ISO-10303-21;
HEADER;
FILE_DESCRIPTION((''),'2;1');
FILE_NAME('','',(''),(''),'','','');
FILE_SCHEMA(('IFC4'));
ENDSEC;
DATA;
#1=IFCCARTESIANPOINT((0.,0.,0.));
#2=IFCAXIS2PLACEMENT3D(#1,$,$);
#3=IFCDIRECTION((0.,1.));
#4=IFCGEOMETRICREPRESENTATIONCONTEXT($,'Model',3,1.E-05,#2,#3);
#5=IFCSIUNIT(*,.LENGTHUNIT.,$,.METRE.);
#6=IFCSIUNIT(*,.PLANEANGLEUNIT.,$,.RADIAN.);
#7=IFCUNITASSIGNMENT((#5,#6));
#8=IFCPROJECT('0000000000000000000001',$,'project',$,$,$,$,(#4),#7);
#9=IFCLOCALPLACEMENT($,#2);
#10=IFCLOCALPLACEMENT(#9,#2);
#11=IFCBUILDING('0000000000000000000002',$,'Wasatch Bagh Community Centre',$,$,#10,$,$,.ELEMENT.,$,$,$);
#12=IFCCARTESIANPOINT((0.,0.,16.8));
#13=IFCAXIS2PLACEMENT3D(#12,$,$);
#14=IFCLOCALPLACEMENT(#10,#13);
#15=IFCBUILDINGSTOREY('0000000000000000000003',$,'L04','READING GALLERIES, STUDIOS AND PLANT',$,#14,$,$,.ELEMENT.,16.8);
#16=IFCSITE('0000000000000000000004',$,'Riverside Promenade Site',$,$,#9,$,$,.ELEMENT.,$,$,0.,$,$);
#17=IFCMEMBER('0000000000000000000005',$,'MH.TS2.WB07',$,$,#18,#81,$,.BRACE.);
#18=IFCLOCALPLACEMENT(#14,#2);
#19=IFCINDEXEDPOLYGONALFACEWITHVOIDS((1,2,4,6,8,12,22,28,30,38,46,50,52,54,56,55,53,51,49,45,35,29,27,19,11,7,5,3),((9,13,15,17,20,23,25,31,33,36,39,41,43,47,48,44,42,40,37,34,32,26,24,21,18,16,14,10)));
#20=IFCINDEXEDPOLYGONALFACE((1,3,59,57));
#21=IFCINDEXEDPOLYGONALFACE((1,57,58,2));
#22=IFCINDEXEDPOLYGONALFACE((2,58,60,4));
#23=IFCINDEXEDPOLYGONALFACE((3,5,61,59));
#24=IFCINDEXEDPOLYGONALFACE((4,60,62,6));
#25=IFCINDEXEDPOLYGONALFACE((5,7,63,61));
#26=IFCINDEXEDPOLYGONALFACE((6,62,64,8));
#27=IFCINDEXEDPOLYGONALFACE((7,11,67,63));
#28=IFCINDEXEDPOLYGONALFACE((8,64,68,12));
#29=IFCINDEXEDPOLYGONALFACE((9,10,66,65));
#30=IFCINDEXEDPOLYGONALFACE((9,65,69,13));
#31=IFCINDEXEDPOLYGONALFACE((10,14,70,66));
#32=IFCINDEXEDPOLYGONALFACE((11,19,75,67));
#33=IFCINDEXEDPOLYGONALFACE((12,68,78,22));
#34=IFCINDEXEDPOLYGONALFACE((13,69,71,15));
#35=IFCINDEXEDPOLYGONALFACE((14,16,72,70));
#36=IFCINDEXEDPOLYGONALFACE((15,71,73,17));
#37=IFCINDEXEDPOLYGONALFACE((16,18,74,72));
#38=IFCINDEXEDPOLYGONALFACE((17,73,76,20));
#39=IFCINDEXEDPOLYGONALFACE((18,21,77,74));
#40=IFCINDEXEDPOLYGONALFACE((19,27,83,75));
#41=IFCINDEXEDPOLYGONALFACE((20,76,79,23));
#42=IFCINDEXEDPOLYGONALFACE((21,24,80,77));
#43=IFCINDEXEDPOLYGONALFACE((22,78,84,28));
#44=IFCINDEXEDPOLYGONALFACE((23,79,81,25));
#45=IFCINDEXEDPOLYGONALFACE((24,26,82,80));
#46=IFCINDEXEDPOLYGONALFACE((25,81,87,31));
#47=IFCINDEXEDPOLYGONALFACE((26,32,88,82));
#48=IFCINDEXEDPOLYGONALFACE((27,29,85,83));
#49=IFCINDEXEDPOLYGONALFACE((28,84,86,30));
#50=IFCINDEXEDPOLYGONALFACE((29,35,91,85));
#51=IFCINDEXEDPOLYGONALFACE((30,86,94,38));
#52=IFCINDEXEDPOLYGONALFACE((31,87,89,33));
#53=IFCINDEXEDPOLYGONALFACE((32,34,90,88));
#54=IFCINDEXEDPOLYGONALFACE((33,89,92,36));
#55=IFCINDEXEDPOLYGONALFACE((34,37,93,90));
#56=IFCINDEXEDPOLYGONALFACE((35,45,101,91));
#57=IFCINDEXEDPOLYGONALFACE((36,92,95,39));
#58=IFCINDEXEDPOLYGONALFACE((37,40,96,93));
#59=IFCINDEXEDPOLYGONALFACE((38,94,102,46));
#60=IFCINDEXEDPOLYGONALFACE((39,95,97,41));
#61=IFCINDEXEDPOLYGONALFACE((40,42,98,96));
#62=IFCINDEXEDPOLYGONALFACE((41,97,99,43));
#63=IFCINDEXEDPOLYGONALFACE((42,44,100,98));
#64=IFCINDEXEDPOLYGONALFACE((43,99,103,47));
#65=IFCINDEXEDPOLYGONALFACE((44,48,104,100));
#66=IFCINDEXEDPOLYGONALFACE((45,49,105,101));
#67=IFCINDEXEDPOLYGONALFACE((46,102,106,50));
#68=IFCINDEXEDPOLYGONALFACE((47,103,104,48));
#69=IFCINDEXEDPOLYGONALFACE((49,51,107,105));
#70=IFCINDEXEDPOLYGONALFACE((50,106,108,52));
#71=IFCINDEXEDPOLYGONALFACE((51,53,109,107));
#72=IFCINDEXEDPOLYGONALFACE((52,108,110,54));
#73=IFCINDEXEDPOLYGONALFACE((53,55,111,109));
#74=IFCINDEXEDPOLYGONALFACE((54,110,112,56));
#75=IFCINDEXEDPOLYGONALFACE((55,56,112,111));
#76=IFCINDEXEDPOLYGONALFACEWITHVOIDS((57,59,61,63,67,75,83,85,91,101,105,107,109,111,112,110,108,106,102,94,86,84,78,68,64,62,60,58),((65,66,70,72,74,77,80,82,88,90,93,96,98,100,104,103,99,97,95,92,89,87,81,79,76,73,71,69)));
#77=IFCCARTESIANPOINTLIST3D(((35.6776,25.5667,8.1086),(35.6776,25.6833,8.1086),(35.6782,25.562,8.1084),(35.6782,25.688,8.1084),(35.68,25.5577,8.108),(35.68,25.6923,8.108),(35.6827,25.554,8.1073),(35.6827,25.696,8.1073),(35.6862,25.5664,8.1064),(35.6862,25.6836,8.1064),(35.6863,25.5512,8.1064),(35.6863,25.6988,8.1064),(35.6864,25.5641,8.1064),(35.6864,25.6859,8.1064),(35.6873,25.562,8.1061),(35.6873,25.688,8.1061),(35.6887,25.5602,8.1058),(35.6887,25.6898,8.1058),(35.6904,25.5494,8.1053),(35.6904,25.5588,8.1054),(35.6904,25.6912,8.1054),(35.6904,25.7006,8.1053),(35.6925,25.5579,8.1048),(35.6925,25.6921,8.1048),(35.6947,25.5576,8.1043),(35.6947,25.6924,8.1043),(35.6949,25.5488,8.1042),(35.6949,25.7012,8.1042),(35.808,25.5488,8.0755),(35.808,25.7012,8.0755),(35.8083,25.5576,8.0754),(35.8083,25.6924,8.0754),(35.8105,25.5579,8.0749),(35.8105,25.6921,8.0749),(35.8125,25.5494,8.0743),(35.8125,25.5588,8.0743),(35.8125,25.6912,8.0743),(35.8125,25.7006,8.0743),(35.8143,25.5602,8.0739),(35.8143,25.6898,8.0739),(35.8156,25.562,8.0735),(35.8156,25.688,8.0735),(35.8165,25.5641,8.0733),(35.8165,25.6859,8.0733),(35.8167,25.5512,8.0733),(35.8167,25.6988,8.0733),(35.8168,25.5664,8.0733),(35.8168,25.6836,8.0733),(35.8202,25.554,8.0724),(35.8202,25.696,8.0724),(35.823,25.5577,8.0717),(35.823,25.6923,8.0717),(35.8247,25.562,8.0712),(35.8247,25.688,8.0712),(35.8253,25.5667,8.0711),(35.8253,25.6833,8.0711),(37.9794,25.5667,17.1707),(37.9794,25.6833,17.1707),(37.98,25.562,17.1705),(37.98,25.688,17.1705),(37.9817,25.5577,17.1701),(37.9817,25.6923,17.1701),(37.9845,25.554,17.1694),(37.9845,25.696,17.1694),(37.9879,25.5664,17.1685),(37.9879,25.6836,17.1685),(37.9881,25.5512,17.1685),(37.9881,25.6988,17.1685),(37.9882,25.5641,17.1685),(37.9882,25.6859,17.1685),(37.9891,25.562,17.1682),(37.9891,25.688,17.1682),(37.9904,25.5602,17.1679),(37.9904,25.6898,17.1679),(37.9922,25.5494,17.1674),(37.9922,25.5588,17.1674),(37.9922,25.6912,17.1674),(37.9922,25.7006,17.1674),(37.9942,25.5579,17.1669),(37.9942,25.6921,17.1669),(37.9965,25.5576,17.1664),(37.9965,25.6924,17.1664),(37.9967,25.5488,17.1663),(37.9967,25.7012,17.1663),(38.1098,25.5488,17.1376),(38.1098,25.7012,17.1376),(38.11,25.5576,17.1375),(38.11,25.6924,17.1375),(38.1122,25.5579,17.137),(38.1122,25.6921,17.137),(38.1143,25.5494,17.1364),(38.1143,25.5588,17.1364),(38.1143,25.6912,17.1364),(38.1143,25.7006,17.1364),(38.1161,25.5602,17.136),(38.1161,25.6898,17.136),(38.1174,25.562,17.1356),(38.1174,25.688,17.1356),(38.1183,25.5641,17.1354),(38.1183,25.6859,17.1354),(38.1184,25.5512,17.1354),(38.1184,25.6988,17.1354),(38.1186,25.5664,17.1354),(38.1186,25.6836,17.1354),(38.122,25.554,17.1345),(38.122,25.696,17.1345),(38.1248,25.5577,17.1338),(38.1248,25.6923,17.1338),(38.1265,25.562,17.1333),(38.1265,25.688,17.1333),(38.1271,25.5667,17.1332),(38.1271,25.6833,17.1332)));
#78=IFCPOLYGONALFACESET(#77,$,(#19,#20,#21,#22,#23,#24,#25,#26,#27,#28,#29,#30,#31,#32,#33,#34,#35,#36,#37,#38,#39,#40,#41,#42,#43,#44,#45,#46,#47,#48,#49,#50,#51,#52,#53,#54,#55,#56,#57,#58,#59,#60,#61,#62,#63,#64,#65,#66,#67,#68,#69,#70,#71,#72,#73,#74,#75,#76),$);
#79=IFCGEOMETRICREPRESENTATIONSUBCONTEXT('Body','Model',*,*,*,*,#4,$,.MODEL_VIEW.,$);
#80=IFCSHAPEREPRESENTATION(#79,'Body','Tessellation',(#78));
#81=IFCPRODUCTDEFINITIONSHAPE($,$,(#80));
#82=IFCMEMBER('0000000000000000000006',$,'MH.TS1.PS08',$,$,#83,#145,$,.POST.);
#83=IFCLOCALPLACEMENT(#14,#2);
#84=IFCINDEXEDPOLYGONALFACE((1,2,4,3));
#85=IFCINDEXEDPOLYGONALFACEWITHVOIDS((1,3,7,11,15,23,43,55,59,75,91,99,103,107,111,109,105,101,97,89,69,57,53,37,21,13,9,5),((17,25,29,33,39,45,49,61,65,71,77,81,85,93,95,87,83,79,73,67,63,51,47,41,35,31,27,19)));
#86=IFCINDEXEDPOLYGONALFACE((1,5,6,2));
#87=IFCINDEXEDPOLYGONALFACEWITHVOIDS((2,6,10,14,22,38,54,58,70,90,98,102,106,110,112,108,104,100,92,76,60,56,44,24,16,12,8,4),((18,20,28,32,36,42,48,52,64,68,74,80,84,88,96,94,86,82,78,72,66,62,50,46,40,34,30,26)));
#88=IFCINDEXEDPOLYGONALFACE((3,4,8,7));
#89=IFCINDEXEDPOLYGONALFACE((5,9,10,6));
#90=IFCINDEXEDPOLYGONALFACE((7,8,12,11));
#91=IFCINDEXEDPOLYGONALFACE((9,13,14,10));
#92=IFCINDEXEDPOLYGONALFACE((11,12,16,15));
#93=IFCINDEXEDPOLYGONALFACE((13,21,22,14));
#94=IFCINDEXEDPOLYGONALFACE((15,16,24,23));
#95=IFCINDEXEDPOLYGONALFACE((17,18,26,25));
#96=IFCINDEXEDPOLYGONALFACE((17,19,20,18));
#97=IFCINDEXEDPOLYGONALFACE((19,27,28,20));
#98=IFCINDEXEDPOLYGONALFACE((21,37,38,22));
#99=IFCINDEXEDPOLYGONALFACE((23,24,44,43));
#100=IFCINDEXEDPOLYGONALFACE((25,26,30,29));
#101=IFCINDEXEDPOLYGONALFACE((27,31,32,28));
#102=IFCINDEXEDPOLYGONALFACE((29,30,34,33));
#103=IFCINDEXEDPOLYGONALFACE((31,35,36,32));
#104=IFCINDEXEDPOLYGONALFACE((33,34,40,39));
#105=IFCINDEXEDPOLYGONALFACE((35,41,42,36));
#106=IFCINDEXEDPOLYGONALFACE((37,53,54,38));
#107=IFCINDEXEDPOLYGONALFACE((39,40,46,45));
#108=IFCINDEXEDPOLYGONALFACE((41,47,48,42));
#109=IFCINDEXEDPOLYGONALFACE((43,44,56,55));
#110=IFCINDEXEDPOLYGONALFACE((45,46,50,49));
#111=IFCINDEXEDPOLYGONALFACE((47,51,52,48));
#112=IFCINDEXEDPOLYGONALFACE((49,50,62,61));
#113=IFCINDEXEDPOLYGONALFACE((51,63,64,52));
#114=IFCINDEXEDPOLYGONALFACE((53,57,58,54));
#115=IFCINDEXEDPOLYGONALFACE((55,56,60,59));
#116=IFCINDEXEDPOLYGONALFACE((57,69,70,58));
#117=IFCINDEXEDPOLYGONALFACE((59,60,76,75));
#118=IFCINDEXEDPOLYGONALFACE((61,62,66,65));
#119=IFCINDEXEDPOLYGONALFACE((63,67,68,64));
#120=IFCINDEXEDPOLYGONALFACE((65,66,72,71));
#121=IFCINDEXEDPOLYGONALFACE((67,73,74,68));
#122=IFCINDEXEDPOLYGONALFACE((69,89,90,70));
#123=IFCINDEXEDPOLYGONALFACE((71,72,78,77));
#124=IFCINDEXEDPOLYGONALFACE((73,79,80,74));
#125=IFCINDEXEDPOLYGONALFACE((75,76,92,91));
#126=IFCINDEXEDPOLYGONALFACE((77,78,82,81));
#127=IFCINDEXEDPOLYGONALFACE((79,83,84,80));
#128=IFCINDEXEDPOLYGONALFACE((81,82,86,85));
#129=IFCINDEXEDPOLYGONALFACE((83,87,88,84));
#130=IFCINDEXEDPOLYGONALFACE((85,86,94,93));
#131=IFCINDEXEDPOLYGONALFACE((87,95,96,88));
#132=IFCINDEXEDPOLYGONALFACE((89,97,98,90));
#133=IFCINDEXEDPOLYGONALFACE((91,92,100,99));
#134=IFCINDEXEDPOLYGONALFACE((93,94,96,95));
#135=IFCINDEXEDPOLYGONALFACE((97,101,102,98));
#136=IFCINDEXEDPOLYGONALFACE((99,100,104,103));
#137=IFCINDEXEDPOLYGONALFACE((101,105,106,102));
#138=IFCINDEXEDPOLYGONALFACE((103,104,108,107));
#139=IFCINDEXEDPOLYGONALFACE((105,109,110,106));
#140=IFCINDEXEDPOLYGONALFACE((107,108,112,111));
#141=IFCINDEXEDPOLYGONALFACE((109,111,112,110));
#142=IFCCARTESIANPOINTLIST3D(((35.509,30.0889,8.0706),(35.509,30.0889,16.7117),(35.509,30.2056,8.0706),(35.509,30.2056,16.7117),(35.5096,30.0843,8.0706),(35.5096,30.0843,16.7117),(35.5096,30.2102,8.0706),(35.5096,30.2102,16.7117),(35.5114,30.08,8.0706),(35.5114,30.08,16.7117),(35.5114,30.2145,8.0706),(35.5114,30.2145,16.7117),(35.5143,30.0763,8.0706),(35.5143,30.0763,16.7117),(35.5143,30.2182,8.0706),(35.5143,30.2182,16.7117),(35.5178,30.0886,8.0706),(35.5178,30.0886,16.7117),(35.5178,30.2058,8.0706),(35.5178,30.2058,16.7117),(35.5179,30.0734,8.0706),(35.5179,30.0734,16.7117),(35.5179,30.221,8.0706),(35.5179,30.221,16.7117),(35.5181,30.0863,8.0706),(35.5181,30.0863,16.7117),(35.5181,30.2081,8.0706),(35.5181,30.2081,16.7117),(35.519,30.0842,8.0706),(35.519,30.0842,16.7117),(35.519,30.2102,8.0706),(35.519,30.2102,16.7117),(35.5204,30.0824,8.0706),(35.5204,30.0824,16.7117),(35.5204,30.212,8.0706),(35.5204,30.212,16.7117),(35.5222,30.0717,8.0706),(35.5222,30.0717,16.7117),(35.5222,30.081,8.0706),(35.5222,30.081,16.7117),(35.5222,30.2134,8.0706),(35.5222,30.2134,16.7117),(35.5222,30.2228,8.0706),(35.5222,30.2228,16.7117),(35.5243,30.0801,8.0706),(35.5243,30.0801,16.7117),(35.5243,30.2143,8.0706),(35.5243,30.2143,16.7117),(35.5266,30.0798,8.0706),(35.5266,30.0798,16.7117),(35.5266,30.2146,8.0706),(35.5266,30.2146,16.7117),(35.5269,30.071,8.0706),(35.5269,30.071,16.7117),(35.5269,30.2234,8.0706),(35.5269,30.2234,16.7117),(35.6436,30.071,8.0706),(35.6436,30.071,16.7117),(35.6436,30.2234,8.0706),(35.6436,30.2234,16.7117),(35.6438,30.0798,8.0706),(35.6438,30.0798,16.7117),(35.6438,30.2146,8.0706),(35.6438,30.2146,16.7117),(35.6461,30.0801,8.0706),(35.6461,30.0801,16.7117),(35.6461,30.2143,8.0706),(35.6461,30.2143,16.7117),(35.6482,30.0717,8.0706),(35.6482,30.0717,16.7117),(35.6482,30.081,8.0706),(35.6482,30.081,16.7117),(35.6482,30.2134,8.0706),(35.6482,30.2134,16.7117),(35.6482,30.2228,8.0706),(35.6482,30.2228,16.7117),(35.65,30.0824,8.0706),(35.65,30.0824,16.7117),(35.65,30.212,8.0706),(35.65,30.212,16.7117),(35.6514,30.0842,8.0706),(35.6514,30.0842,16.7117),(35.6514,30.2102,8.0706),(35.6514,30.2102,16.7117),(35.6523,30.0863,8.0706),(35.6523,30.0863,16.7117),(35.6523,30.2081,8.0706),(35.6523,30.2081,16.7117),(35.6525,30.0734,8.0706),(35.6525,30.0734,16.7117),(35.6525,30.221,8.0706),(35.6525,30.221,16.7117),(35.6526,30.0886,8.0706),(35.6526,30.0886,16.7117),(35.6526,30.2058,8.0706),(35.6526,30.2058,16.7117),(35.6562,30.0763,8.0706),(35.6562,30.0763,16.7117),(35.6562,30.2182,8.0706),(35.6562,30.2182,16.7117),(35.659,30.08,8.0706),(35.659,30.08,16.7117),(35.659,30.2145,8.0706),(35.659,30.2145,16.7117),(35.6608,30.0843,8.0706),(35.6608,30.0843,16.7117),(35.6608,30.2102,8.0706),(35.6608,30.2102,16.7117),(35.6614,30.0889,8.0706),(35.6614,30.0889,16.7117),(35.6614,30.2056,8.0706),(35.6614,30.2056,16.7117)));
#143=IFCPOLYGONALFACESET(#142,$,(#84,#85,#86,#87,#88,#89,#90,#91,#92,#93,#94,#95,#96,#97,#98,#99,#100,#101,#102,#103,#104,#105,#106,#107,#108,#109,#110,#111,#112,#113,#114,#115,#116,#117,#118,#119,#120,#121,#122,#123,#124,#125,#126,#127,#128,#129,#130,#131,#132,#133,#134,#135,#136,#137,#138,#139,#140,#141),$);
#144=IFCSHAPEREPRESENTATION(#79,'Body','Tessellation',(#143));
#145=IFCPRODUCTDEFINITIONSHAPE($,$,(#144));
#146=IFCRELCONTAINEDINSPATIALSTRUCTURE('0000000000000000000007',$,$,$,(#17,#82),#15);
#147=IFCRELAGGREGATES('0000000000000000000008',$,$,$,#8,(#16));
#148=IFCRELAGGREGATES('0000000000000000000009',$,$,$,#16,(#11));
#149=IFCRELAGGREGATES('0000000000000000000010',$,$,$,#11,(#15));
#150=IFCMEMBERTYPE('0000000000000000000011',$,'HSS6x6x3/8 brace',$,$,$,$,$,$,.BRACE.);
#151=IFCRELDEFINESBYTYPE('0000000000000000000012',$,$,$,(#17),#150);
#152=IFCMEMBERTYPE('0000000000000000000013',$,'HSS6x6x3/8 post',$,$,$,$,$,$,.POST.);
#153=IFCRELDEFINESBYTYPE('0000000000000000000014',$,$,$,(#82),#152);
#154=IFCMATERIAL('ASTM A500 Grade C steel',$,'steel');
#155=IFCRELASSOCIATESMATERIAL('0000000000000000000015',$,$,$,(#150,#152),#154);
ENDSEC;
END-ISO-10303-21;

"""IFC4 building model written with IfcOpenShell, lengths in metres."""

from ifc_helpers import new_model, si_unit, direction, frame, origin, origin_2d, place, context, subcontext, project, spatial, hollow_rectangle, extrude, material, material_profile, profile_set, type_object, element, save


model = new_model("IFC4")

# Units and contexts
model_context = context("Model", 3, precision=1e-05, world=origin(), true_north=direction((0.0, 1.0)))
body_context = subcontext(model_context, "Body", "Model", "MODEL_VIEW")
ifc_project = project(units=[si_unit("LENGTHUNIT", "METRE"), si_unit("PLANEANGLEUNIT", "RADIAN")], contexts=[model_context])

# Site, building, storey
site_placement = place(None, origin())
site = spatial("IfcSite", under=ifc_project, at=site_placement, Name="Riverside Promenade Site", CompositionType="ELEMENT", RefElevation=0.0)
building_placement = place(site_placement, origin())
building = spatial("IfcBuilding", under=site, at=building_placement, Name="Wasatch Bagh Community Centre", CompositionType="ELEMENT")
storey_placement = place(building_placement, frame((0.0, 0.0, 16.8)))
storey = spatial("IfcBuildingStorey", under=building, at=storey_placement, Name="L04", Description="READING GALLERIES, STUDIOS AND PLANT", CompositionType="ELEMENT", Elevation=16.8)

# Members
ifc_material_1 = material(Name="ASTM A500 Grade C steel", Category="steel")
ifc_material_profile_1 = material_profile(ifc_material_1, hollow_rectangle(XDim=0.1523, YDim=0.1523, WallThickness=0.0088, InnerFilletRadius=0.0088, OuterFilletRadius=0.0178, at=origin_2d()), Name="HSS6x6x3/8")
ifc_profile_set_1 = profile_set([ifc_material_profile_1], Name="ASTM A500 Grade C steel")
member_type_1 = type_object("IfcMemberType", Name="HSS6x6x3/8 brace", PredefinedType="BRACE", material=ifc_profile_set_1)
member_1_placement = place(storey_placement, frame((35.7515, 25.625, 8.0898), z_axis=(0.246183, 0.0, 0.969223), x_axis=(0.0, 1.0, 0.0)))
element("IfcMember", 1, at=member_1_placement, inside=storey, type_object=member_type_1, Name="MH.TS2.WB07", PredefinedType="BRACE", context=body_context, shape_type="SweptSolid", body=[
    extrude(hollow_rectangle(XDim=0.1523, YDim=0.1523, WallThickness=0.0088, InnerFilletRadius=0.0088, OuterFilletRadius=0.0178, at=origin_2d()), origin(), (0.0, 0.0, 1.0), 9.3499),
])
ifc_material_profile_2 = material_profile(ifc_material_1, hollow_rectangle(XDim=0.1523, YDim=0.1523, WallThickness=0.0088, InnerFilletRadius=0.0088, OuterFilletRadius=0.0178, at=origin_2d()), Name="HSS6x6x3/8")
ifc_profile_set_2 = profile_set([ifc_material_profile_2], Name="ASTM A500 Grade C steel")
member_type_2 = type_object("IfcMemberType", Name="HSS6x6x3/8 post", PredefinedType="POST", material=ifc_profile_set_2)
member_2_placement = place(storey_placement, frame((35.5852, 30.1472, 8.0706), z_axis=(0.0, 0.0, 1.0), x_axis=(1.0, 0.0, 0.0)))
element("IfcMember", 2, at=member_2_placement, inside=storey, type_object=member_type_2, Name="MH.TS1.PS08", PredefinedType="POST", context=body_context, shape_type="SweptSolid", body=[
    extrude(hollow_rectangle(XDim=0.1523, YDim=0.1523, WallThickness=0.0088, InnerFilletRadius=0.0088, OuterFilletRadius=0.0178, at=origin_2d()), origin(), (0.0, 0.0, 1.0), 8.6411),
])

save(model, "model.ifc")
